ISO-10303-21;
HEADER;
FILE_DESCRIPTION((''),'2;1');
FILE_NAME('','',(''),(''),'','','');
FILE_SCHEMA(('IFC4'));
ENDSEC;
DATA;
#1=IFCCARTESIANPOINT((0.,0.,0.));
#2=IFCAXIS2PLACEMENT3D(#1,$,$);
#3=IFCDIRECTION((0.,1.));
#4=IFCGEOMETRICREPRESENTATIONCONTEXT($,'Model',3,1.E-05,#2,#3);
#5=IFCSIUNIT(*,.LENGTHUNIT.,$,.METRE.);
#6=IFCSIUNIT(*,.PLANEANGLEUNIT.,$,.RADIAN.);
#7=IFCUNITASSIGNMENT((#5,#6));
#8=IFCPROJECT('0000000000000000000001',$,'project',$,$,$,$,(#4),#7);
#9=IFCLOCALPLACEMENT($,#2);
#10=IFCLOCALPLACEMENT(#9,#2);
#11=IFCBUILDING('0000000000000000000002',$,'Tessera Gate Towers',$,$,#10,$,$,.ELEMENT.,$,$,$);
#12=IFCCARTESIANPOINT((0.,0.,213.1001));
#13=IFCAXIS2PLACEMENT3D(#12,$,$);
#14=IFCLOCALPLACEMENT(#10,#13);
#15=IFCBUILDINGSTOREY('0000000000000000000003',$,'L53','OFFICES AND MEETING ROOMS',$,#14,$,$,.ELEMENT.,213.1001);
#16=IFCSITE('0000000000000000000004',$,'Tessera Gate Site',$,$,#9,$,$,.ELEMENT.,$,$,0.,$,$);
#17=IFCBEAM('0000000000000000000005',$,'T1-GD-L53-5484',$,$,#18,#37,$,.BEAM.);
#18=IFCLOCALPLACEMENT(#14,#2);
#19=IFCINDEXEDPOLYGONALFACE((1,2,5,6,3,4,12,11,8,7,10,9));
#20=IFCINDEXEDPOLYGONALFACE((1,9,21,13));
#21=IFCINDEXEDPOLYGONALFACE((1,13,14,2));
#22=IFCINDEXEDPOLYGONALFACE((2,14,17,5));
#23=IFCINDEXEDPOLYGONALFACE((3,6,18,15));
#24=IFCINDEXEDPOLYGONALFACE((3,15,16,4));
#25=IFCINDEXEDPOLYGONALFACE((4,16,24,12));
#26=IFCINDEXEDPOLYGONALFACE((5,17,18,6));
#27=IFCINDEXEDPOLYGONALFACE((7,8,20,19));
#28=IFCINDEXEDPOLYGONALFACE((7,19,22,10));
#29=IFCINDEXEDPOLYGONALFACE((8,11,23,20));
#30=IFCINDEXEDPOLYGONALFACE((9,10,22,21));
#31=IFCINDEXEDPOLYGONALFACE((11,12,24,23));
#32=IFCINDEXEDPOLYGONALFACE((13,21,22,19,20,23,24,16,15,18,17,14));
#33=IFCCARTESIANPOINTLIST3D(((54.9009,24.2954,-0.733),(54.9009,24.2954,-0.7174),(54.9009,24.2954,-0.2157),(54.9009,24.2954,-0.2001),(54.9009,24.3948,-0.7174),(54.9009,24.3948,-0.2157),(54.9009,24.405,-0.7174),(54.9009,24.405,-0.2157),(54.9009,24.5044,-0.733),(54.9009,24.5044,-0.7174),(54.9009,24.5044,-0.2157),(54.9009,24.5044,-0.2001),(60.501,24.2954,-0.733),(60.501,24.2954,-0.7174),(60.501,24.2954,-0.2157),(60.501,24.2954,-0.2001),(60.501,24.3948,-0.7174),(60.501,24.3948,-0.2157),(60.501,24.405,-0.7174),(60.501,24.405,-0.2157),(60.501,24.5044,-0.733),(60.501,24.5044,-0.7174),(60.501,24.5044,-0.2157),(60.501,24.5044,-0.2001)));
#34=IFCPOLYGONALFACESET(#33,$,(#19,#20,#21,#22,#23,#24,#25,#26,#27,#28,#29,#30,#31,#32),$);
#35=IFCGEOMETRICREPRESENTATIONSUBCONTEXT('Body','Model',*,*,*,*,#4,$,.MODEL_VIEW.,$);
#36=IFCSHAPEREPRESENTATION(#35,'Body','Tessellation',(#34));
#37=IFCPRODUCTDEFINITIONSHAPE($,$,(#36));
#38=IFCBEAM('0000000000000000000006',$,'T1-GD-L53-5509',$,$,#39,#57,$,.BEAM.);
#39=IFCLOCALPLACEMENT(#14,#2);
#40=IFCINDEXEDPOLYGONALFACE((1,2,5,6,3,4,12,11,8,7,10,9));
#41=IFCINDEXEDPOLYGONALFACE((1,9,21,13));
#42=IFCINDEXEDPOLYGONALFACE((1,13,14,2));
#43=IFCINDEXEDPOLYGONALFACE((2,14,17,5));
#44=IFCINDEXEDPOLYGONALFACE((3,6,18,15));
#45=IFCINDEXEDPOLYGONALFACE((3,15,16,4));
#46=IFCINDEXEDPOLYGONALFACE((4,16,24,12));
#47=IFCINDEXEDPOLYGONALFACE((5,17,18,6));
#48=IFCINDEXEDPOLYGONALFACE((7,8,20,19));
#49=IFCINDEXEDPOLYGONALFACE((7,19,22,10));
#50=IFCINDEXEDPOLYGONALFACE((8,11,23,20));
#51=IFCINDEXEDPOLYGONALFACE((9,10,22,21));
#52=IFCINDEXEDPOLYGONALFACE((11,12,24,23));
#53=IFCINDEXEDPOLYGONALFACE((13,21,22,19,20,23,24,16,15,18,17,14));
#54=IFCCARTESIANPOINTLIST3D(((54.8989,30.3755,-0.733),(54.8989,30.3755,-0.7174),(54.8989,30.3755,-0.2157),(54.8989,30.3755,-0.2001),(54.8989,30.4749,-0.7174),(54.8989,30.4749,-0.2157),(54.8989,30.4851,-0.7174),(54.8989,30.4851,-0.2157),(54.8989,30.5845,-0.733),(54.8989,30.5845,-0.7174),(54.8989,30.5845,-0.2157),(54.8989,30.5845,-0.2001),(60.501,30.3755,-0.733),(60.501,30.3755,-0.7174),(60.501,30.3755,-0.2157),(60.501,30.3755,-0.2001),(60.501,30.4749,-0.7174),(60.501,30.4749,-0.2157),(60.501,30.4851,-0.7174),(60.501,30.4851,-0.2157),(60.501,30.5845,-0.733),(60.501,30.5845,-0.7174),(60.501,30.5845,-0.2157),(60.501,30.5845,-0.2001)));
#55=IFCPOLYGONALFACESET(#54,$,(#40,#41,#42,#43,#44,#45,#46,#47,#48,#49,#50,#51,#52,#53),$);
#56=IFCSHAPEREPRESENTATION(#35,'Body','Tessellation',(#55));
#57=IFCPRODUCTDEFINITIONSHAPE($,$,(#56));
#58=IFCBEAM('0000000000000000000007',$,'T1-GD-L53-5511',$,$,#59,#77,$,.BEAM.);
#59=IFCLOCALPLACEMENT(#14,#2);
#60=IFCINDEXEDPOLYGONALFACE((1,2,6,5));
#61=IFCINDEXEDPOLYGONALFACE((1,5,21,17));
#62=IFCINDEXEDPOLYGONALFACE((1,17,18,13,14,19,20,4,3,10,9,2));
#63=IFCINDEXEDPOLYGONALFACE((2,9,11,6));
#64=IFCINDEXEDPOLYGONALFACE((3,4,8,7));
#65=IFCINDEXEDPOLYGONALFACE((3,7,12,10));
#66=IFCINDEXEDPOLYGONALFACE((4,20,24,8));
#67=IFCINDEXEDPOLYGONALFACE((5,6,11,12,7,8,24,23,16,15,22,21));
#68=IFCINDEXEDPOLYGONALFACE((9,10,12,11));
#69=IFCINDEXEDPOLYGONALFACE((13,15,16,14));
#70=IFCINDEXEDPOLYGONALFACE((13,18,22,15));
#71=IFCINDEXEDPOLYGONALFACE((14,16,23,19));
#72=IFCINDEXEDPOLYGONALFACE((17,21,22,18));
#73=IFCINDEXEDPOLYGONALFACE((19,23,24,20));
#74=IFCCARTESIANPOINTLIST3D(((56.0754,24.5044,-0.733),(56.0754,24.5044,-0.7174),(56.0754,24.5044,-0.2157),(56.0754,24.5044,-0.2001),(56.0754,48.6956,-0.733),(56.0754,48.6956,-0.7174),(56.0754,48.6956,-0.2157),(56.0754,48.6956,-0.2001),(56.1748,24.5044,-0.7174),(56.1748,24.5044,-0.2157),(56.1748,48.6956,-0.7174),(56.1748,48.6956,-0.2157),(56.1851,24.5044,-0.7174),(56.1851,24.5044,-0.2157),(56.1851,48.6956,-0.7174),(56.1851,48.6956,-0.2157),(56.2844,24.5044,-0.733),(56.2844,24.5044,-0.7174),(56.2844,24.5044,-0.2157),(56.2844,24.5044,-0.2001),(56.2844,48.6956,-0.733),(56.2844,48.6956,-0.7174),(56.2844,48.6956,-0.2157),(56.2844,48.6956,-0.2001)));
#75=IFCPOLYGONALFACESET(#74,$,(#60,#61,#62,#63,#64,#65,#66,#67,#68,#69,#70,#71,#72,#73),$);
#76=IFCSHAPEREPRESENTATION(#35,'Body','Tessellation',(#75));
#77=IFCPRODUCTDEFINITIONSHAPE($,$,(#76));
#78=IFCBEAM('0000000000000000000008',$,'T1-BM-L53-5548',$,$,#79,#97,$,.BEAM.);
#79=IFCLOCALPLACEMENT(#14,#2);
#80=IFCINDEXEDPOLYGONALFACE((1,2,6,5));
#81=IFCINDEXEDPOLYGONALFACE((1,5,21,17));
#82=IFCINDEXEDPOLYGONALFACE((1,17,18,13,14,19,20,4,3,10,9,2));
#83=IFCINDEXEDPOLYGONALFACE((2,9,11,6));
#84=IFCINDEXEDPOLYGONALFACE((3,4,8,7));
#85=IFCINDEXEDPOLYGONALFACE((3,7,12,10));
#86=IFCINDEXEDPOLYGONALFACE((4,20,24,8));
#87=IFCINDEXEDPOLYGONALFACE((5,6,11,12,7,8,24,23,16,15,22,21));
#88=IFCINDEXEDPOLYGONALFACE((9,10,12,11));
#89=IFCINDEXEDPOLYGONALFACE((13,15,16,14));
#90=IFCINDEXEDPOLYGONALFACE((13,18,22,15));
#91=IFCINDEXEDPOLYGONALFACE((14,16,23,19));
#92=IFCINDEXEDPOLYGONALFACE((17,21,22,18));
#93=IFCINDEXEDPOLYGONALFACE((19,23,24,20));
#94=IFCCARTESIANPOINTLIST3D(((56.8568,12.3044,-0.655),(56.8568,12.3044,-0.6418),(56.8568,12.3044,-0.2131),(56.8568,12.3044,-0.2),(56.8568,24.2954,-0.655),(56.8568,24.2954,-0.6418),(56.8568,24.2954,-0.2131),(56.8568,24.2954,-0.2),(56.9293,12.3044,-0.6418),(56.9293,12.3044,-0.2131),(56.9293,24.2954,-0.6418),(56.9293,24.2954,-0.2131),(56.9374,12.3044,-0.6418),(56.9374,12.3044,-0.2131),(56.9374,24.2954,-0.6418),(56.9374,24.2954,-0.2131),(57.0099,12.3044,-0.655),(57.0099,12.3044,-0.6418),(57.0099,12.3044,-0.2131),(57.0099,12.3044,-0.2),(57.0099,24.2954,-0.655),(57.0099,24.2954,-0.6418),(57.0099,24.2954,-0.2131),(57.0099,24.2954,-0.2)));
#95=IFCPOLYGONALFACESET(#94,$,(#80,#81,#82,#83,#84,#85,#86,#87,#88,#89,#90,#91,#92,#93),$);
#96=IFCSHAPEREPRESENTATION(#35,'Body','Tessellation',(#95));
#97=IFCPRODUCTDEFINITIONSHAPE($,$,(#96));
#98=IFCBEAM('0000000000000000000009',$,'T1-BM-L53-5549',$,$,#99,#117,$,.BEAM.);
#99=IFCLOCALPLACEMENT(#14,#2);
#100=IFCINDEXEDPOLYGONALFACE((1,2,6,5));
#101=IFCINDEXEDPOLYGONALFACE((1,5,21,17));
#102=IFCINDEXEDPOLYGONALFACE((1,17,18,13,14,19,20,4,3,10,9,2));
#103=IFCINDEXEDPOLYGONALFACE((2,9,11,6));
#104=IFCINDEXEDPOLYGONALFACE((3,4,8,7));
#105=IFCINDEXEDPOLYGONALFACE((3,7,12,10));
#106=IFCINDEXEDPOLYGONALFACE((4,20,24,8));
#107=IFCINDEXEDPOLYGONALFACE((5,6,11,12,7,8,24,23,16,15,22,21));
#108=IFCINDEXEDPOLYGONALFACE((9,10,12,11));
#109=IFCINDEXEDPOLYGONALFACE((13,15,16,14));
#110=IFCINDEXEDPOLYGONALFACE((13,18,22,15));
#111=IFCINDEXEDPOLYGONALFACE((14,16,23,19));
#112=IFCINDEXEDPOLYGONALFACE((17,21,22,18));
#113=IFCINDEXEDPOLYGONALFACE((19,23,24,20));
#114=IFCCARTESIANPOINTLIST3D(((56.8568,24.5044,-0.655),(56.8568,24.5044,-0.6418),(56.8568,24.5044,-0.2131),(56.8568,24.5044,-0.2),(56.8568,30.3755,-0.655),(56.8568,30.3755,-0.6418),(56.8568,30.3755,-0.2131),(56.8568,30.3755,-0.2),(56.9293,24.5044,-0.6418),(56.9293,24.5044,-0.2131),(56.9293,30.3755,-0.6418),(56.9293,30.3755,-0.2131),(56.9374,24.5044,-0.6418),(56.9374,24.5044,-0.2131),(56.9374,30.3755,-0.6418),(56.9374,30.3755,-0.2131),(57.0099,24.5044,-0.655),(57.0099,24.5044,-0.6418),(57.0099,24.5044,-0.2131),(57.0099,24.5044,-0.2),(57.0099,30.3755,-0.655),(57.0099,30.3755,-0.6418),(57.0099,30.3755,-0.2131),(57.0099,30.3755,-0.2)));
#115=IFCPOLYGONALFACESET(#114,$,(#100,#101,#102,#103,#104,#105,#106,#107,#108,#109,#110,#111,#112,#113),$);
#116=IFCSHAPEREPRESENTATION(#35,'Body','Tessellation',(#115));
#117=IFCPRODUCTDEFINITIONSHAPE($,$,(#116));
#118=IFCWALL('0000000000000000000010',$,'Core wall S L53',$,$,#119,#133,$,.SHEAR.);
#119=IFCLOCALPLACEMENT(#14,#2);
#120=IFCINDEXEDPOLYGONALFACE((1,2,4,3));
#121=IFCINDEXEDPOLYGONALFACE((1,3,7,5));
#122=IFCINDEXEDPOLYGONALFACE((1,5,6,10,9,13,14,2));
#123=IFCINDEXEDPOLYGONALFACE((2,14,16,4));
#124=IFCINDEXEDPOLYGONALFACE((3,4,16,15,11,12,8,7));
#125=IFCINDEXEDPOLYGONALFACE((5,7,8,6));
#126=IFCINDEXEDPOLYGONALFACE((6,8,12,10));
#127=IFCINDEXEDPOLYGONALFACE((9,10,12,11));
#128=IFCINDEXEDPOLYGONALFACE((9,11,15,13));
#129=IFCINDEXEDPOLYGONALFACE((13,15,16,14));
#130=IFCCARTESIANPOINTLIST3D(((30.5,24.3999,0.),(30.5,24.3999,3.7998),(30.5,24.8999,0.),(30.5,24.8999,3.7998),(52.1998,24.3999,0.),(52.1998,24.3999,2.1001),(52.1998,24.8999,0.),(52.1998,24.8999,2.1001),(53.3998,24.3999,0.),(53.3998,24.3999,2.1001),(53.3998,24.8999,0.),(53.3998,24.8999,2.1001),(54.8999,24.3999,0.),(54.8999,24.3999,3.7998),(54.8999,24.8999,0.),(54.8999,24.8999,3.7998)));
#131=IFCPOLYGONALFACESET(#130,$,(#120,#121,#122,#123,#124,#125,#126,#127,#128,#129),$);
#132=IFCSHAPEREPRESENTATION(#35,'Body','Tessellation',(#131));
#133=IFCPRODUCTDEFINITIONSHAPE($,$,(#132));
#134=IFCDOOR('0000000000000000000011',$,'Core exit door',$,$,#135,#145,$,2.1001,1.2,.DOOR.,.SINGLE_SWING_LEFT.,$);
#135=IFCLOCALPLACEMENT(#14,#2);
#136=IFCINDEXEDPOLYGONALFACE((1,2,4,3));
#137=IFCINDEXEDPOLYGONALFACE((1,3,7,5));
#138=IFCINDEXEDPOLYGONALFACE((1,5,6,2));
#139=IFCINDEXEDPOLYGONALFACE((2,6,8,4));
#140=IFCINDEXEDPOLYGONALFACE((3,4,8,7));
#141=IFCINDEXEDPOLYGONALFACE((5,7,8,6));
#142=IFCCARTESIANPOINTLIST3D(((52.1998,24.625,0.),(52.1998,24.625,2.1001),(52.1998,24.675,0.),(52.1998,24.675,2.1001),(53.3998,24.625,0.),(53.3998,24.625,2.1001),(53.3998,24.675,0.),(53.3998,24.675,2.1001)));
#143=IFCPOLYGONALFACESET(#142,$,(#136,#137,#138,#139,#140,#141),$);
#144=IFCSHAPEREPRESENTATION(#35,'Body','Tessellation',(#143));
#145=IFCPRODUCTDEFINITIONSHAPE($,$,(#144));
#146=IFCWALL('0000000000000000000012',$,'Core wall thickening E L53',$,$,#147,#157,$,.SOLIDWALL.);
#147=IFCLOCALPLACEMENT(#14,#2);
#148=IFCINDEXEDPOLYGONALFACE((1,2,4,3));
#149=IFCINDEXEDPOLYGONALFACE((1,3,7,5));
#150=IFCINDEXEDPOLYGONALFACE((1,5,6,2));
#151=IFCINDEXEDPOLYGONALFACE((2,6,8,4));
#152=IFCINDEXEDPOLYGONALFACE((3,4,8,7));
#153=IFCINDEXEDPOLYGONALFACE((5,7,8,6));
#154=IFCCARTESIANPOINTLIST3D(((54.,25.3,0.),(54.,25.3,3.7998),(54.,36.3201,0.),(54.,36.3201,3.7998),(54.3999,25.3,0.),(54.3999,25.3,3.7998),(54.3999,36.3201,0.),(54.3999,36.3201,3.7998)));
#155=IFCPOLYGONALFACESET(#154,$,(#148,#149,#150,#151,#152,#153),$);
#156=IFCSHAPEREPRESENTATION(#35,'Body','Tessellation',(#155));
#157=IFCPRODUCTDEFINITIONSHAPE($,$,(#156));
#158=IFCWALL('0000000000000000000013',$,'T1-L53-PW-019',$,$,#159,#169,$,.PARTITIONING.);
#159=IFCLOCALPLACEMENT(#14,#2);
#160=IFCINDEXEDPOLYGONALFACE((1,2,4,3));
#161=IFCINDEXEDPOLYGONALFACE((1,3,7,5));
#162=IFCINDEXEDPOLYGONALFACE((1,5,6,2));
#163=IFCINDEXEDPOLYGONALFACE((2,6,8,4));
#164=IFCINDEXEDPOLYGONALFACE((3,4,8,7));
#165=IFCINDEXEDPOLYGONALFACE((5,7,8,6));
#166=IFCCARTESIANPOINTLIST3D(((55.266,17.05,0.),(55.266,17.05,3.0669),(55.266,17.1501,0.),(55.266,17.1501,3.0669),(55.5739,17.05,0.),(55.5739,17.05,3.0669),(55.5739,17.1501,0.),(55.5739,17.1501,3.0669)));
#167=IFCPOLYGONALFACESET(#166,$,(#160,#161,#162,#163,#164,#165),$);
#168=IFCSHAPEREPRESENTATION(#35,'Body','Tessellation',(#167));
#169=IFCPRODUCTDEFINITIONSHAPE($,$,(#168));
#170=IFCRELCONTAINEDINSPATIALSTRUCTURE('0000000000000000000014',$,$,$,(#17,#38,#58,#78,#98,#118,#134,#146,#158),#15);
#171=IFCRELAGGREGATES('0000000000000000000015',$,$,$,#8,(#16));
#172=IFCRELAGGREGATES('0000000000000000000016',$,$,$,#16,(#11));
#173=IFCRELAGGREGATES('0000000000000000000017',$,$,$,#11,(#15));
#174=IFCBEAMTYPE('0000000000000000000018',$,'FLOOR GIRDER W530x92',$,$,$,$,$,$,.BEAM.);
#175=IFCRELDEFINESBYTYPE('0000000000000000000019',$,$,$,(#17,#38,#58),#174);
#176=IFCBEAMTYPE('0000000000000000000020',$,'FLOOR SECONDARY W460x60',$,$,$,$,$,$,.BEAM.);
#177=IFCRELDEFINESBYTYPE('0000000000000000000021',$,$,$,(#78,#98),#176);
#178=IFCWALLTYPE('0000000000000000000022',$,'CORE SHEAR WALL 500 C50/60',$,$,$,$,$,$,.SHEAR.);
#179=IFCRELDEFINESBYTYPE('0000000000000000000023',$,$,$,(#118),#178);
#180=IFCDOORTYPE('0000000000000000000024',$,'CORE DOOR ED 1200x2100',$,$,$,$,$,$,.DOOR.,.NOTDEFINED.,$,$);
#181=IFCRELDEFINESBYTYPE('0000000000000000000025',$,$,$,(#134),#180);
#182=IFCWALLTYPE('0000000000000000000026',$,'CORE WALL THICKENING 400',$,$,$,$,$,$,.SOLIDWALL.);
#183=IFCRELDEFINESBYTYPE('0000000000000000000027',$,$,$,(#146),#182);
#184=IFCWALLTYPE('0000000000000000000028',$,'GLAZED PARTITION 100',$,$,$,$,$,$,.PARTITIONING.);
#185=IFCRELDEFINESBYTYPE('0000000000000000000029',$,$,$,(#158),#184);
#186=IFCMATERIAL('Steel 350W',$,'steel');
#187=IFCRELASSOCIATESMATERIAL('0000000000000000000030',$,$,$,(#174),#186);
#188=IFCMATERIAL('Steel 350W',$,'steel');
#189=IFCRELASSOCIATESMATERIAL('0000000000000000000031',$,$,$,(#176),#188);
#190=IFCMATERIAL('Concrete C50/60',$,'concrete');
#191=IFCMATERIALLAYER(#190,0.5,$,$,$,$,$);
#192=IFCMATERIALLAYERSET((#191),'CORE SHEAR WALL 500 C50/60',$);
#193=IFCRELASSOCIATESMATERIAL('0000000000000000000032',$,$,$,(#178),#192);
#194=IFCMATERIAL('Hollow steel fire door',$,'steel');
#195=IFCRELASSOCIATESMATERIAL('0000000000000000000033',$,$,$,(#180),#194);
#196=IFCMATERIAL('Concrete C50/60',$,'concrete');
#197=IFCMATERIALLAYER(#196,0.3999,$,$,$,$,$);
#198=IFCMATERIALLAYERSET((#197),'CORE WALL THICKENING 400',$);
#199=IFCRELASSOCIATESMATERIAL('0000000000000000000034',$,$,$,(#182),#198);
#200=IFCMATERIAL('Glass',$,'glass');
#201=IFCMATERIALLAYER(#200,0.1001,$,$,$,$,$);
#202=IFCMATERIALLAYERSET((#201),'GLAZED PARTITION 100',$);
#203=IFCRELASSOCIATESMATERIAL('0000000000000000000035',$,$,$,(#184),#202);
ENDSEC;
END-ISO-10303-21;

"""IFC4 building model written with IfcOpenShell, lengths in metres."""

from ifc_helpers import new_model, si_unit, direction, frame, frame_2d, origin, origin_2d, place, context, subcontext, project, spatial, rectangle, i_section, extrude, source, transform, mapped, material, layer, layer_set, material_profile, profile_set, type_object, element, fill, save


model = new_model("IFC4")

# Units and contexts
model_context = context("Model", 3, precision=1e-05, world=origin(), true_north=direction((0.0, 1.0)))
body_context = subcontext(model_context, "Body", "Model", "MODEL_VIEW")
ifc_project = project(units=[si_unit("LENGTHUNIT", "METRE"), si_unit("PLANEANGLEUNIT", "RADIAN")], contexts=[model_context])

# Site, building, storey
site_placement = place(None, origin())
site = spatial("IfcSite", under=ifc_project, at=site_placement, Name="Tessera Gate Site", CompositionType="ELEMENT", RefElevation=0.0)
building_placement = place(site_placement, origin())
building = spatial("IfcBuilding", under=site, at=building_placement, Name="Tessera Gate Towers", CompositionType="ELEMENT")
storey_placement = place(building_placement, frame((0.0, 0.0, 213.1001)))
storey = spatial("IfcBuildingStorey", under=building, at=storey_placement, Name="L53", Description="OFFICES AND MEETING ROOMS", CompositionType="ELEMENT", Elevation=213.1001)

# Beams
ifc_material_1 = material(Name="Steel 350W", Category="steel")
ifc_material_profile_1 = material_profile(ifc_material_1, i_section(OverallWidth=0.209, OverallDepth=0.533, WebThickness=0.0103, FlangeThickness=0.0156, at=origin_2d()), Name="W530x92")
ifc_profile_set_1 = profile_set([ifc_material_profile_1], Name="Steel 350W")
beam_type_1 = type_object("IfcBeamType", Name="FLOOR GIRDER W530x92", PredefinedType="BEAM", material=ifc_profile_set_1)
beam_1_placement = place(storey_placement, frame((54.9009, 24.3999, -0.4666), z_axis=(1.0, 0.0, 0.0), x_axis=(0.0, 1.0, 0.0)))
element("IfcBeam", 1, at=beam_1_placement, inside=storey, type_object=beam_type_1, Name="T1-GD-L53-5484", PredefinedType="BEAM", context=body_context, shape_type="SweptSolid", body=[
    extrude(i_section(OverallWidth=0.209, OverallDepth=0.533, WebThickness=0.0103, FlangeThickness=0.0156, at=origin_2d()), origin(), (0.0, 0.0, 1.0), 5.6001),
])
beam_2_placement = place(storey_placement, frame((54.8989, 30.48, -0.4666), z_axis=(1.0, 0.0, 0.0), x_axis=(0.0, 1.0, 0.0)))
element("IfcBeam", 2, at=beam_2_placement, inside=storey, type_object=beam_type_1, Name="T1-GD-L53-5509", PredefinedType="BEAM", context=body_context, shape_type="SweptSolid", body=[
    extrude(i_section(OverallWidth=0.209, OverallDepth=0.533, WebThickness=0.0103, FlangeThickness=0.0156, at=origin_2d()), origin(), (0.0, 0.0, 1.0), 5.6021),
])
beam_3_placement = place(storey_placement, frame((56.1799, 24.5044, -0.4666), z_axis=(0.0, 1.0, 0.0), x_axis=(-1.0, 0.0, 0.0)))
element("IfcBeam", 3, at=beam_3_placement, inside=storey, type_object=beam_type_1, Name="T1-GD-L53-5511", PredefinedType="BEAM", context=body_context, shape_type="SweptSolid", body=[
    extrude(i_section(OverallWidth=0.209, OverallDepth=0.533, WebThickness=0.0103, FlangeThickness=0.0156, at=origin_2d()), origin(), (0.0, 0.0, 1.0), 24.1912),
])
ifc_material_2 = material(Name="Steel 350W", Category="steel")
ifc_material_profile_2 = material_profile(ifc_material_2, i_section(OverallWidth=0.1531, OverallDepth=0.4551, WebThickness=0.0081, FlangeThickness=0.0132, at=origin_2d()), Name="W460x60")
ifc_profile_set_2 = profile_set([ifc_material_profile_2], Name="Steel 350W")
beam_type_2 = type_object("IfcBeamType", Name="FLOOR SECONDARY W460x60", PredefinedType="BEAM", material=ifc_profile_set_2)
beam_4_placement = place(storey_placement, frame((56.9333, 12.3044, -0.4275), z_axis=(0.0, 1.0, 0.0), x_axis=(-1.0, 0.0, 0.0)))
element("IfcBeam", 4, at=beam_4_placement, inside=storey, type_object=beam_type_2, Name="T1-BM-L53-5548", PredefinedType="BEAM", context=body_context, shape_type="SweptSolid", body=[
    extrude(i_section(OverallWidth=0.1531, OverallDepth=0.4551, WebThickness=0.0081, FlangeThickness=0.0132, at=origin_2d()), origin(), (0.0, 0.0, 1.0), 11.991),
])
beam_5_placement = place(storey_placement, frame((56.9333, 24.5044, -0.4275), z_axis=(0.0, 1.0, 0.0), x_axis=(-1.0, 0.0, 0.0)))
element("IfcBeam", 5, at=beam_5_placement, inside=storey, type_object=beam_type_2, Name="T1-BM-L53-5549", PredefinedType="BEAM", context=body_context, shape_type="SweptSolid", body=[
    extrude(i_section(OverallWidth=0.1531, OverallDepth=0.4551, WebThickness=0.0081, FlangeThickness=0.0132, at=origin_2d()), origin(), (0.0, 0.0, 1.0), 5.8711),
])

# Wall, opening, door
ifc_material_3 = material(Name="Concrete C50/60", Category="concrete")
ifc_layer_1 = layer(ifc_material_3, 0.5)
ifc_layer_set_1 = layer_set([ifc_layer_1], Name="CORE SHEAR WALL 500 C50/60")
wall_type_1 = type_object("IfcWallType", Name="CORE SHEAR WALL 500 C50/60", PredefinedType="SHEAR", material=ifc_layer_set_1)
wall_1_placement = place(storey_placement, frame((54.8999, 24.6499, 0.0), z_axis=(0.0, 0.0, 1.0), x_axis=(-1.0, 0.0, 0.0)))
wall_1 = element("IfcWall", 6, at=wall_1_placement, inside=storey, type_object=wall_type_1, Name="Core wall S L53", PredefinedType="SHEAR", context=body_context, shape_type="SweptSolid", body=[
    extrude(rectangle(XDim=24.3999, YDim=0.5, at=frame_2d((12.2, 0.0))), origin(), (0.0, 0.0, 1.0), 3.7998),
])
shared_shape_1 = source(origin(), body_context, "Body", "SweptSolid", [
    extrude(rectangle(XDim=1.2, YDim=2.1001, at=frame_2d((0.6001, 1.05))), frame((0.0, 0.26, 0.0), z_axis=(0.0, -1.0, 0.0), x_axis=(1.0, 0.0, 0.0)), (0.0, 0.0, 1.0), 0.52),
])
opening_1_placement = place(wall_1_placement, frame((1.5, 0.0, 0.0)))
opening_1 = element("IfcOpeningElement", 7, at=opening_1_placement, cuts=wall_1, PredefinedType="OPENING", context=body_context, shape_type="MappedRepresentation", body=[
    mapped(shared_shape_1, transform((0.0, 0.0, 0.0), scale=1.0)),
])
ifc_material_4 = material(Name="Hollow steel fire door", Category="steel")
door_type_1 = type_object("IfcDoorType", Name="CORE DOOR ED 1200x2100", OperationType="NOTDEFINED", PredefinedType="DOOR", material=ifc_material_4)
shared_shape_2 = source(origin(), body_context, "Body", "SweptSolid", [
    extrude(rectangle(XDim=1.2, YDim=2.1001, at=frame_2d((0.6001, 1.05))), frame((0.0, 0.0249, 0.0), z_axis=(0.0, -1.0, 0.0), x_axis=(1.0, 0.0, 0.0)), (0.0, 0.0, 1.0), 0.05),
])
door_1_placement = place(opening_1_placement, origin())
door_1 = element("IfcDoor", 8, at=door_1_placement, inside=storey, type_object=door_type_1, Name="Core exit door", OperationType="SINGLE_SWING_LEFT", OverallHeight=2.1001, OverallWidth=1.2, PredefinedType="DOOR", context=body_context, shape_type="MappedRepresentation", body=[
    mapped(shared_shape_2, transform((0.0, 0.0, 0.0), scale=1.0)),
])
fill(opening_1, door_1)

# Walls
ifc_material_5 = material(Name="Concrete C50/60", Category="concrete")
ifc_layer_2 = layer(ifc_material_5, 0.3999)
ifc_layer_set_2 = layer_set([ifc_layer_2], Name="CORE WALL THICKENING 400")
wall_type_2 = type_object("IfcWallType", Name="CORE WALL THICKENING 400", PredefinedType="SOLIDWALL", material=ifc_layer_set_2)
wall_2_placement = place(storey_placement, frame((54.2, 25.3, 0.0), z_axis=(0.0, 0.0, 1.0), x_axis=(0.0, 1.0, 0.0)))
element("IfcWall", 9, at=wall_2_placement, inside=storey, type_object=wall_type_2, Name="Core wall thickening E L53", PredefinedType="SOLIDWALL", context=body_context, shape_type="SweptSolid", body=[
    extrude(rectangle(XDim=11.02, YDim=0.3999, at=frame_2d((5.51, 0.0))), origin(), (0.0, 0.0, 1.0), 3.7998),
])
ifc_material_6 = material(Name="Glass", Category="glass")
ifc_layer_3 = layer(ifc_material_6, 0.1001)
ifc_layer_set_3 = layer_set([ifc_layer_3], Name="GLAZED PARTITION 100")
wall_type_3 = type_object("IfcWallType", Name="GLAZED PARTITION 100", PredefinedType="PARTITIONING", material=ifc_layer_set_3)
wall_3_placement = place(storey_placement, frame((55.2661, 17.1001, 0.0), z_axis=(0.0, 0.0, 1.0), x_axis=(1.0, 0.0, 0.0)))
element("IfcWall", 10, at=wall_3_placement, inside=storey, type_object=wall_type_3, Name="T1-L53-PW-019", PredefinedType="PARTITIONING", context=body_context, shape_type="SweptSolid", body=[
    extrude(rectangle(XDim=0.3079, YDim=0.1001, at=frame_2d((0.1538, 0.0))), origin(), (0.0, 0.0, 1.0), 3.0669),
])

save(model, "model.ifc")
